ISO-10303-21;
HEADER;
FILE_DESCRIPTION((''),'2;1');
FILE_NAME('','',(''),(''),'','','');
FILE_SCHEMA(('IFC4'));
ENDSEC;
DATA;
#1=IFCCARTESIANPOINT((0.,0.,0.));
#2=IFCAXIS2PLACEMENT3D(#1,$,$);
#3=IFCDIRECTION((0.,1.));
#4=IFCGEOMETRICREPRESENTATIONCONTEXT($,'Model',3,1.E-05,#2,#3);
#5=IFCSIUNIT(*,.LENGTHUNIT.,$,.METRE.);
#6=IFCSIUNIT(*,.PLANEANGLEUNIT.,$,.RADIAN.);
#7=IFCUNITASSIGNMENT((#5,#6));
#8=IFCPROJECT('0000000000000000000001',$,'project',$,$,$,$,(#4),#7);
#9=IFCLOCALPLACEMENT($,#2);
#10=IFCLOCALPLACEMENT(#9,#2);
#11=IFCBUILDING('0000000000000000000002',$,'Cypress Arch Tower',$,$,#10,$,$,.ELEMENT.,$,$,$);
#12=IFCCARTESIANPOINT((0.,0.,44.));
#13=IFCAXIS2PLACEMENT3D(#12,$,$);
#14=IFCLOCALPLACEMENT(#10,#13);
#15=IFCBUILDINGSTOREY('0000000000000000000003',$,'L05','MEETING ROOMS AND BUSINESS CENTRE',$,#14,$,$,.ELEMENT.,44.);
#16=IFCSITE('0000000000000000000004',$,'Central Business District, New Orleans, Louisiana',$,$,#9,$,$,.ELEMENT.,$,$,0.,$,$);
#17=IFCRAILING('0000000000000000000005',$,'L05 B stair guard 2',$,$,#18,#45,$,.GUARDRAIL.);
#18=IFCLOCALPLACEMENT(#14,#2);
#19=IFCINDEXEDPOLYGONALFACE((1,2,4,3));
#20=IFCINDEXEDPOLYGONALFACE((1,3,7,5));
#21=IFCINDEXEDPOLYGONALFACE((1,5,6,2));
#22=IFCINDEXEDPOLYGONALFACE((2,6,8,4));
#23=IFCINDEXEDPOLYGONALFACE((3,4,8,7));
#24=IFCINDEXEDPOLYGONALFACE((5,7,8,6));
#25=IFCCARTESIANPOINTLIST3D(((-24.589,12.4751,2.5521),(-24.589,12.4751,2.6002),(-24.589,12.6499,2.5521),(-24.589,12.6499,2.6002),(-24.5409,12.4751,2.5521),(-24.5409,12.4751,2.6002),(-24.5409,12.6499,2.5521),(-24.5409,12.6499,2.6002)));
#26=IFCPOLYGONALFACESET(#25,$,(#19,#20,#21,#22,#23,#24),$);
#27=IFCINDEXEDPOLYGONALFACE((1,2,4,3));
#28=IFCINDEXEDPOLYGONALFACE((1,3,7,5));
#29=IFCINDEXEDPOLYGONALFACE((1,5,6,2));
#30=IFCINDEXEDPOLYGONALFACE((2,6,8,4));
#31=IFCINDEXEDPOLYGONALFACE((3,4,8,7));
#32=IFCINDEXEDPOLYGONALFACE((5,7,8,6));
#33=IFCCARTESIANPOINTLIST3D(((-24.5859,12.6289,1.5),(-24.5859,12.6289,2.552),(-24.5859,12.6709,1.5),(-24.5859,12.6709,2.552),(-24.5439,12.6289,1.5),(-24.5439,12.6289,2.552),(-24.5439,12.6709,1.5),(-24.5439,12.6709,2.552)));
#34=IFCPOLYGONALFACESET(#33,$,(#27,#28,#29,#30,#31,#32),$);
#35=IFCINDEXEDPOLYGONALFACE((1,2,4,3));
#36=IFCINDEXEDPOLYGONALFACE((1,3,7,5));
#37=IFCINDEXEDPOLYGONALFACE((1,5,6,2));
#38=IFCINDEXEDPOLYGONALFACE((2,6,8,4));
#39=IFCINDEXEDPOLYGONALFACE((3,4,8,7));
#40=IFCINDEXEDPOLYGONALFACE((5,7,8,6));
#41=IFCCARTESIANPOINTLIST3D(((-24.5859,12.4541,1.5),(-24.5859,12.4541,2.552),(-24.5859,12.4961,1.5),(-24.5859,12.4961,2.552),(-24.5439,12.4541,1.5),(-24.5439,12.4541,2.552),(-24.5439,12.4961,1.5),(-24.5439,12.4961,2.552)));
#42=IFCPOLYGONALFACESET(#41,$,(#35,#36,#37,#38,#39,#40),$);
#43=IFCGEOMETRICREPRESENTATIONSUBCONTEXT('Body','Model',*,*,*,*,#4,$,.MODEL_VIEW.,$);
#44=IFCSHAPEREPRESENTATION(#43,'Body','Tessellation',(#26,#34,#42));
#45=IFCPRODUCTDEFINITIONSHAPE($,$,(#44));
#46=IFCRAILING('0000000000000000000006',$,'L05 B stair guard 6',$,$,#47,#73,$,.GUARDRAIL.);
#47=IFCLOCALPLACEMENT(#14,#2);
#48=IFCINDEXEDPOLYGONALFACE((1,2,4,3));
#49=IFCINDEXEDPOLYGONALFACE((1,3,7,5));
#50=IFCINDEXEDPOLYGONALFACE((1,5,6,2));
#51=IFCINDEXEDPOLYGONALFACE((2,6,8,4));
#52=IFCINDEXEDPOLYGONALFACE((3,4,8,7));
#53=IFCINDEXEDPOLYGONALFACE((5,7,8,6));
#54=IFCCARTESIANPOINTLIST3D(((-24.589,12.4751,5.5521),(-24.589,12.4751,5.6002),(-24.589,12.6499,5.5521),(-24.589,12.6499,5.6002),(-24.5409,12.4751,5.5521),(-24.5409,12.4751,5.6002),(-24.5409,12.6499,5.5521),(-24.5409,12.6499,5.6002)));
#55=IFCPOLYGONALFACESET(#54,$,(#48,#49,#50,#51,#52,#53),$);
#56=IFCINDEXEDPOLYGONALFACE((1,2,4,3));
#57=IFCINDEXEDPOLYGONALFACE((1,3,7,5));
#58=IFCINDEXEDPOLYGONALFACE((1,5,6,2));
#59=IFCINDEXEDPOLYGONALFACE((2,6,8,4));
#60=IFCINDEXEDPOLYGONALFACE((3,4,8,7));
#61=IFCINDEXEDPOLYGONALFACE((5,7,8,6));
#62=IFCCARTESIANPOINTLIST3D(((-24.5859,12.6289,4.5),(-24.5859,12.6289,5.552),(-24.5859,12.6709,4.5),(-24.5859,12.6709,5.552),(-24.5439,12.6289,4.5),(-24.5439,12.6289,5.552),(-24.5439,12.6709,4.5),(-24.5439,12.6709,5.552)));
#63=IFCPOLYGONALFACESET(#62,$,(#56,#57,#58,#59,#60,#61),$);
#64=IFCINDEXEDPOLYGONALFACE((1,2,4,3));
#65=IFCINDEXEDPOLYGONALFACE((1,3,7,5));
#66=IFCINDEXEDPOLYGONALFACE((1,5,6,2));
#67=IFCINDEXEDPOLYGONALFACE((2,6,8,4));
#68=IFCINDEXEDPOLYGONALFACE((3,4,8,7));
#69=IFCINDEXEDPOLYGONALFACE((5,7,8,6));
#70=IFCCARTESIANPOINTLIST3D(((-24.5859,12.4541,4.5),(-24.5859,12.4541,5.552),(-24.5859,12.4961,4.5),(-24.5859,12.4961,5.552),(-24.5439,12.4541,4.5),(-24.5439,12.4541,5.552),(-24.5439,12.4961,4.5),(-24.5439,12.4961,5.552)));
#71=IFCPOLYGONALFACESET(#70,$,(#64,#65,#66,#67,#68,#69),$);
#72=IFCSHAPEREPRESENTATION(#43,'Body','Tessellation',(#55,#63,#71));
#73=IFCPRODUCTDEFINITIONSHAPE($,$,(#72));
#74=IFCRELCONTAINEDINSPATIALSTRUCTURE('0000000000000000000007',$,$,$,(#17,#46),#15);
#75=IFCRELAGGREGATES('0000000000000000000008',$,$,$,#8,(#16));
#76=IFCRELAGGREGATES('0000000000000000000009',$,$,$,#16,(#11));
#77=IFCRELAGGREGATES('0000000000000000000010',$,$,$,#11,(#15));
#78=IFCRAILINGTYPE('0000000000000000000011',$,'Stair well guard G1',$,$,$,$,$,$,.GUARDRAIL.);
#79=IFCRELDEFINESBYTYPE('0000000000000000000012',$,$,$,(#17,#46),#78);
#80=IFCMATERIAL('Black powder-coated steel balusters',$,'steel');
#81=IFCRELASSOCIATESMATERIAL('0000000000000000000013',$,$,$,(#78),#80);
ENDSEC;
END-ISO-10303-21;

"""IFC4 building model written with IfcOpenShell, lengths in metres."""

from ifc_helpers import new_model, si_unit, direction, frame, origin, origin_2d, place, context, subcontext, project, spatial, rectangle, extrude, material, type_object, element, save


model = new_model("IFC4")

# Units and contexts
model_context = context("Model", 3, precision=1e-05, world=origin(), true_north=direction((0.0, 1.0)))
body_context = subcontext(model_context, "Body", "Model", "MODEL_VIEW")
ifc_project = project(units=[si_unit("LENGTHUNIT", "METRE"), si_unit("PLANEANGLEUNIT", "RADIAN")], contexts=[model_context])

# Site, building, storey
site_placement = place(None, origin())
site = spatial("IfcSite", under=ifc_project, at=site_placement, Name="Central Business District, New Orleans, Louisiana", CompositionType="ELEMENT", RefElevation=0.0)
building_placement = place(site_placement, origin())
building = spatial("IfcBuilding", under=site, at=building_placement, Name="Cypress Arch Tower", CompositionType="ELEMENT")
storey_placement = place(building_placement, frame((0.0, 0.0, 44.0)))
storey = spatial("IfcBuildingStorey", under=building, at=storey_placement, Name="L05", Description="MEETING ROOMS AND BUSINESS CENTRE", CompositionType="ELEMENT", Elevation=44.0)

# Railings
ifc_material_1 = material(Name="Black powder-coated steel balusters", Category="steel")
railing_type_1 = type_object("IfcRailingType", Name="Stair well guard G1", PredefinedType="GUARDRAIL", material=ifc_material_1)
for number, where, name in (
    (1, (-24.5649, 12.6499, 1.5), "L05 B stair guard 2"),
    (2, (-24.5649, 12.6499, 4.5), "L05 B stair guard 6"),
):
    element("IfcRailing", number, at=place(storey_placement, frame(where)), inside=storey, type_object=railing_type_1, Name=name, PredefinedType="GUARDRAIL", context=body_context, shape_type="SweptSolid", body=[
        extrude(rectangle(XDim=0.0481, YDim=0.0481, at=origin_2d()), frame((0.0, 0.0, 1.0762), z_axis=(0.0, -1.0, 0.0), x_axis=(1.0, 0.0, 0.0)), (0.0, 0.0, 1.0), 0.1748),
        extrude(rectangle(XDim=0.042, YDim=0.042, at=origin_2d()), origin(), (0.0, 0.0, 1.0), 1.052),
        extrude(rectangle(XDim=0.042, YDim=0.042, at=origin_2d()), frame((0.0, -0.1748, 0.0)), (0.0, 0.0, 1.0), 1.052),
    ])

save(model, "model.ifc")
